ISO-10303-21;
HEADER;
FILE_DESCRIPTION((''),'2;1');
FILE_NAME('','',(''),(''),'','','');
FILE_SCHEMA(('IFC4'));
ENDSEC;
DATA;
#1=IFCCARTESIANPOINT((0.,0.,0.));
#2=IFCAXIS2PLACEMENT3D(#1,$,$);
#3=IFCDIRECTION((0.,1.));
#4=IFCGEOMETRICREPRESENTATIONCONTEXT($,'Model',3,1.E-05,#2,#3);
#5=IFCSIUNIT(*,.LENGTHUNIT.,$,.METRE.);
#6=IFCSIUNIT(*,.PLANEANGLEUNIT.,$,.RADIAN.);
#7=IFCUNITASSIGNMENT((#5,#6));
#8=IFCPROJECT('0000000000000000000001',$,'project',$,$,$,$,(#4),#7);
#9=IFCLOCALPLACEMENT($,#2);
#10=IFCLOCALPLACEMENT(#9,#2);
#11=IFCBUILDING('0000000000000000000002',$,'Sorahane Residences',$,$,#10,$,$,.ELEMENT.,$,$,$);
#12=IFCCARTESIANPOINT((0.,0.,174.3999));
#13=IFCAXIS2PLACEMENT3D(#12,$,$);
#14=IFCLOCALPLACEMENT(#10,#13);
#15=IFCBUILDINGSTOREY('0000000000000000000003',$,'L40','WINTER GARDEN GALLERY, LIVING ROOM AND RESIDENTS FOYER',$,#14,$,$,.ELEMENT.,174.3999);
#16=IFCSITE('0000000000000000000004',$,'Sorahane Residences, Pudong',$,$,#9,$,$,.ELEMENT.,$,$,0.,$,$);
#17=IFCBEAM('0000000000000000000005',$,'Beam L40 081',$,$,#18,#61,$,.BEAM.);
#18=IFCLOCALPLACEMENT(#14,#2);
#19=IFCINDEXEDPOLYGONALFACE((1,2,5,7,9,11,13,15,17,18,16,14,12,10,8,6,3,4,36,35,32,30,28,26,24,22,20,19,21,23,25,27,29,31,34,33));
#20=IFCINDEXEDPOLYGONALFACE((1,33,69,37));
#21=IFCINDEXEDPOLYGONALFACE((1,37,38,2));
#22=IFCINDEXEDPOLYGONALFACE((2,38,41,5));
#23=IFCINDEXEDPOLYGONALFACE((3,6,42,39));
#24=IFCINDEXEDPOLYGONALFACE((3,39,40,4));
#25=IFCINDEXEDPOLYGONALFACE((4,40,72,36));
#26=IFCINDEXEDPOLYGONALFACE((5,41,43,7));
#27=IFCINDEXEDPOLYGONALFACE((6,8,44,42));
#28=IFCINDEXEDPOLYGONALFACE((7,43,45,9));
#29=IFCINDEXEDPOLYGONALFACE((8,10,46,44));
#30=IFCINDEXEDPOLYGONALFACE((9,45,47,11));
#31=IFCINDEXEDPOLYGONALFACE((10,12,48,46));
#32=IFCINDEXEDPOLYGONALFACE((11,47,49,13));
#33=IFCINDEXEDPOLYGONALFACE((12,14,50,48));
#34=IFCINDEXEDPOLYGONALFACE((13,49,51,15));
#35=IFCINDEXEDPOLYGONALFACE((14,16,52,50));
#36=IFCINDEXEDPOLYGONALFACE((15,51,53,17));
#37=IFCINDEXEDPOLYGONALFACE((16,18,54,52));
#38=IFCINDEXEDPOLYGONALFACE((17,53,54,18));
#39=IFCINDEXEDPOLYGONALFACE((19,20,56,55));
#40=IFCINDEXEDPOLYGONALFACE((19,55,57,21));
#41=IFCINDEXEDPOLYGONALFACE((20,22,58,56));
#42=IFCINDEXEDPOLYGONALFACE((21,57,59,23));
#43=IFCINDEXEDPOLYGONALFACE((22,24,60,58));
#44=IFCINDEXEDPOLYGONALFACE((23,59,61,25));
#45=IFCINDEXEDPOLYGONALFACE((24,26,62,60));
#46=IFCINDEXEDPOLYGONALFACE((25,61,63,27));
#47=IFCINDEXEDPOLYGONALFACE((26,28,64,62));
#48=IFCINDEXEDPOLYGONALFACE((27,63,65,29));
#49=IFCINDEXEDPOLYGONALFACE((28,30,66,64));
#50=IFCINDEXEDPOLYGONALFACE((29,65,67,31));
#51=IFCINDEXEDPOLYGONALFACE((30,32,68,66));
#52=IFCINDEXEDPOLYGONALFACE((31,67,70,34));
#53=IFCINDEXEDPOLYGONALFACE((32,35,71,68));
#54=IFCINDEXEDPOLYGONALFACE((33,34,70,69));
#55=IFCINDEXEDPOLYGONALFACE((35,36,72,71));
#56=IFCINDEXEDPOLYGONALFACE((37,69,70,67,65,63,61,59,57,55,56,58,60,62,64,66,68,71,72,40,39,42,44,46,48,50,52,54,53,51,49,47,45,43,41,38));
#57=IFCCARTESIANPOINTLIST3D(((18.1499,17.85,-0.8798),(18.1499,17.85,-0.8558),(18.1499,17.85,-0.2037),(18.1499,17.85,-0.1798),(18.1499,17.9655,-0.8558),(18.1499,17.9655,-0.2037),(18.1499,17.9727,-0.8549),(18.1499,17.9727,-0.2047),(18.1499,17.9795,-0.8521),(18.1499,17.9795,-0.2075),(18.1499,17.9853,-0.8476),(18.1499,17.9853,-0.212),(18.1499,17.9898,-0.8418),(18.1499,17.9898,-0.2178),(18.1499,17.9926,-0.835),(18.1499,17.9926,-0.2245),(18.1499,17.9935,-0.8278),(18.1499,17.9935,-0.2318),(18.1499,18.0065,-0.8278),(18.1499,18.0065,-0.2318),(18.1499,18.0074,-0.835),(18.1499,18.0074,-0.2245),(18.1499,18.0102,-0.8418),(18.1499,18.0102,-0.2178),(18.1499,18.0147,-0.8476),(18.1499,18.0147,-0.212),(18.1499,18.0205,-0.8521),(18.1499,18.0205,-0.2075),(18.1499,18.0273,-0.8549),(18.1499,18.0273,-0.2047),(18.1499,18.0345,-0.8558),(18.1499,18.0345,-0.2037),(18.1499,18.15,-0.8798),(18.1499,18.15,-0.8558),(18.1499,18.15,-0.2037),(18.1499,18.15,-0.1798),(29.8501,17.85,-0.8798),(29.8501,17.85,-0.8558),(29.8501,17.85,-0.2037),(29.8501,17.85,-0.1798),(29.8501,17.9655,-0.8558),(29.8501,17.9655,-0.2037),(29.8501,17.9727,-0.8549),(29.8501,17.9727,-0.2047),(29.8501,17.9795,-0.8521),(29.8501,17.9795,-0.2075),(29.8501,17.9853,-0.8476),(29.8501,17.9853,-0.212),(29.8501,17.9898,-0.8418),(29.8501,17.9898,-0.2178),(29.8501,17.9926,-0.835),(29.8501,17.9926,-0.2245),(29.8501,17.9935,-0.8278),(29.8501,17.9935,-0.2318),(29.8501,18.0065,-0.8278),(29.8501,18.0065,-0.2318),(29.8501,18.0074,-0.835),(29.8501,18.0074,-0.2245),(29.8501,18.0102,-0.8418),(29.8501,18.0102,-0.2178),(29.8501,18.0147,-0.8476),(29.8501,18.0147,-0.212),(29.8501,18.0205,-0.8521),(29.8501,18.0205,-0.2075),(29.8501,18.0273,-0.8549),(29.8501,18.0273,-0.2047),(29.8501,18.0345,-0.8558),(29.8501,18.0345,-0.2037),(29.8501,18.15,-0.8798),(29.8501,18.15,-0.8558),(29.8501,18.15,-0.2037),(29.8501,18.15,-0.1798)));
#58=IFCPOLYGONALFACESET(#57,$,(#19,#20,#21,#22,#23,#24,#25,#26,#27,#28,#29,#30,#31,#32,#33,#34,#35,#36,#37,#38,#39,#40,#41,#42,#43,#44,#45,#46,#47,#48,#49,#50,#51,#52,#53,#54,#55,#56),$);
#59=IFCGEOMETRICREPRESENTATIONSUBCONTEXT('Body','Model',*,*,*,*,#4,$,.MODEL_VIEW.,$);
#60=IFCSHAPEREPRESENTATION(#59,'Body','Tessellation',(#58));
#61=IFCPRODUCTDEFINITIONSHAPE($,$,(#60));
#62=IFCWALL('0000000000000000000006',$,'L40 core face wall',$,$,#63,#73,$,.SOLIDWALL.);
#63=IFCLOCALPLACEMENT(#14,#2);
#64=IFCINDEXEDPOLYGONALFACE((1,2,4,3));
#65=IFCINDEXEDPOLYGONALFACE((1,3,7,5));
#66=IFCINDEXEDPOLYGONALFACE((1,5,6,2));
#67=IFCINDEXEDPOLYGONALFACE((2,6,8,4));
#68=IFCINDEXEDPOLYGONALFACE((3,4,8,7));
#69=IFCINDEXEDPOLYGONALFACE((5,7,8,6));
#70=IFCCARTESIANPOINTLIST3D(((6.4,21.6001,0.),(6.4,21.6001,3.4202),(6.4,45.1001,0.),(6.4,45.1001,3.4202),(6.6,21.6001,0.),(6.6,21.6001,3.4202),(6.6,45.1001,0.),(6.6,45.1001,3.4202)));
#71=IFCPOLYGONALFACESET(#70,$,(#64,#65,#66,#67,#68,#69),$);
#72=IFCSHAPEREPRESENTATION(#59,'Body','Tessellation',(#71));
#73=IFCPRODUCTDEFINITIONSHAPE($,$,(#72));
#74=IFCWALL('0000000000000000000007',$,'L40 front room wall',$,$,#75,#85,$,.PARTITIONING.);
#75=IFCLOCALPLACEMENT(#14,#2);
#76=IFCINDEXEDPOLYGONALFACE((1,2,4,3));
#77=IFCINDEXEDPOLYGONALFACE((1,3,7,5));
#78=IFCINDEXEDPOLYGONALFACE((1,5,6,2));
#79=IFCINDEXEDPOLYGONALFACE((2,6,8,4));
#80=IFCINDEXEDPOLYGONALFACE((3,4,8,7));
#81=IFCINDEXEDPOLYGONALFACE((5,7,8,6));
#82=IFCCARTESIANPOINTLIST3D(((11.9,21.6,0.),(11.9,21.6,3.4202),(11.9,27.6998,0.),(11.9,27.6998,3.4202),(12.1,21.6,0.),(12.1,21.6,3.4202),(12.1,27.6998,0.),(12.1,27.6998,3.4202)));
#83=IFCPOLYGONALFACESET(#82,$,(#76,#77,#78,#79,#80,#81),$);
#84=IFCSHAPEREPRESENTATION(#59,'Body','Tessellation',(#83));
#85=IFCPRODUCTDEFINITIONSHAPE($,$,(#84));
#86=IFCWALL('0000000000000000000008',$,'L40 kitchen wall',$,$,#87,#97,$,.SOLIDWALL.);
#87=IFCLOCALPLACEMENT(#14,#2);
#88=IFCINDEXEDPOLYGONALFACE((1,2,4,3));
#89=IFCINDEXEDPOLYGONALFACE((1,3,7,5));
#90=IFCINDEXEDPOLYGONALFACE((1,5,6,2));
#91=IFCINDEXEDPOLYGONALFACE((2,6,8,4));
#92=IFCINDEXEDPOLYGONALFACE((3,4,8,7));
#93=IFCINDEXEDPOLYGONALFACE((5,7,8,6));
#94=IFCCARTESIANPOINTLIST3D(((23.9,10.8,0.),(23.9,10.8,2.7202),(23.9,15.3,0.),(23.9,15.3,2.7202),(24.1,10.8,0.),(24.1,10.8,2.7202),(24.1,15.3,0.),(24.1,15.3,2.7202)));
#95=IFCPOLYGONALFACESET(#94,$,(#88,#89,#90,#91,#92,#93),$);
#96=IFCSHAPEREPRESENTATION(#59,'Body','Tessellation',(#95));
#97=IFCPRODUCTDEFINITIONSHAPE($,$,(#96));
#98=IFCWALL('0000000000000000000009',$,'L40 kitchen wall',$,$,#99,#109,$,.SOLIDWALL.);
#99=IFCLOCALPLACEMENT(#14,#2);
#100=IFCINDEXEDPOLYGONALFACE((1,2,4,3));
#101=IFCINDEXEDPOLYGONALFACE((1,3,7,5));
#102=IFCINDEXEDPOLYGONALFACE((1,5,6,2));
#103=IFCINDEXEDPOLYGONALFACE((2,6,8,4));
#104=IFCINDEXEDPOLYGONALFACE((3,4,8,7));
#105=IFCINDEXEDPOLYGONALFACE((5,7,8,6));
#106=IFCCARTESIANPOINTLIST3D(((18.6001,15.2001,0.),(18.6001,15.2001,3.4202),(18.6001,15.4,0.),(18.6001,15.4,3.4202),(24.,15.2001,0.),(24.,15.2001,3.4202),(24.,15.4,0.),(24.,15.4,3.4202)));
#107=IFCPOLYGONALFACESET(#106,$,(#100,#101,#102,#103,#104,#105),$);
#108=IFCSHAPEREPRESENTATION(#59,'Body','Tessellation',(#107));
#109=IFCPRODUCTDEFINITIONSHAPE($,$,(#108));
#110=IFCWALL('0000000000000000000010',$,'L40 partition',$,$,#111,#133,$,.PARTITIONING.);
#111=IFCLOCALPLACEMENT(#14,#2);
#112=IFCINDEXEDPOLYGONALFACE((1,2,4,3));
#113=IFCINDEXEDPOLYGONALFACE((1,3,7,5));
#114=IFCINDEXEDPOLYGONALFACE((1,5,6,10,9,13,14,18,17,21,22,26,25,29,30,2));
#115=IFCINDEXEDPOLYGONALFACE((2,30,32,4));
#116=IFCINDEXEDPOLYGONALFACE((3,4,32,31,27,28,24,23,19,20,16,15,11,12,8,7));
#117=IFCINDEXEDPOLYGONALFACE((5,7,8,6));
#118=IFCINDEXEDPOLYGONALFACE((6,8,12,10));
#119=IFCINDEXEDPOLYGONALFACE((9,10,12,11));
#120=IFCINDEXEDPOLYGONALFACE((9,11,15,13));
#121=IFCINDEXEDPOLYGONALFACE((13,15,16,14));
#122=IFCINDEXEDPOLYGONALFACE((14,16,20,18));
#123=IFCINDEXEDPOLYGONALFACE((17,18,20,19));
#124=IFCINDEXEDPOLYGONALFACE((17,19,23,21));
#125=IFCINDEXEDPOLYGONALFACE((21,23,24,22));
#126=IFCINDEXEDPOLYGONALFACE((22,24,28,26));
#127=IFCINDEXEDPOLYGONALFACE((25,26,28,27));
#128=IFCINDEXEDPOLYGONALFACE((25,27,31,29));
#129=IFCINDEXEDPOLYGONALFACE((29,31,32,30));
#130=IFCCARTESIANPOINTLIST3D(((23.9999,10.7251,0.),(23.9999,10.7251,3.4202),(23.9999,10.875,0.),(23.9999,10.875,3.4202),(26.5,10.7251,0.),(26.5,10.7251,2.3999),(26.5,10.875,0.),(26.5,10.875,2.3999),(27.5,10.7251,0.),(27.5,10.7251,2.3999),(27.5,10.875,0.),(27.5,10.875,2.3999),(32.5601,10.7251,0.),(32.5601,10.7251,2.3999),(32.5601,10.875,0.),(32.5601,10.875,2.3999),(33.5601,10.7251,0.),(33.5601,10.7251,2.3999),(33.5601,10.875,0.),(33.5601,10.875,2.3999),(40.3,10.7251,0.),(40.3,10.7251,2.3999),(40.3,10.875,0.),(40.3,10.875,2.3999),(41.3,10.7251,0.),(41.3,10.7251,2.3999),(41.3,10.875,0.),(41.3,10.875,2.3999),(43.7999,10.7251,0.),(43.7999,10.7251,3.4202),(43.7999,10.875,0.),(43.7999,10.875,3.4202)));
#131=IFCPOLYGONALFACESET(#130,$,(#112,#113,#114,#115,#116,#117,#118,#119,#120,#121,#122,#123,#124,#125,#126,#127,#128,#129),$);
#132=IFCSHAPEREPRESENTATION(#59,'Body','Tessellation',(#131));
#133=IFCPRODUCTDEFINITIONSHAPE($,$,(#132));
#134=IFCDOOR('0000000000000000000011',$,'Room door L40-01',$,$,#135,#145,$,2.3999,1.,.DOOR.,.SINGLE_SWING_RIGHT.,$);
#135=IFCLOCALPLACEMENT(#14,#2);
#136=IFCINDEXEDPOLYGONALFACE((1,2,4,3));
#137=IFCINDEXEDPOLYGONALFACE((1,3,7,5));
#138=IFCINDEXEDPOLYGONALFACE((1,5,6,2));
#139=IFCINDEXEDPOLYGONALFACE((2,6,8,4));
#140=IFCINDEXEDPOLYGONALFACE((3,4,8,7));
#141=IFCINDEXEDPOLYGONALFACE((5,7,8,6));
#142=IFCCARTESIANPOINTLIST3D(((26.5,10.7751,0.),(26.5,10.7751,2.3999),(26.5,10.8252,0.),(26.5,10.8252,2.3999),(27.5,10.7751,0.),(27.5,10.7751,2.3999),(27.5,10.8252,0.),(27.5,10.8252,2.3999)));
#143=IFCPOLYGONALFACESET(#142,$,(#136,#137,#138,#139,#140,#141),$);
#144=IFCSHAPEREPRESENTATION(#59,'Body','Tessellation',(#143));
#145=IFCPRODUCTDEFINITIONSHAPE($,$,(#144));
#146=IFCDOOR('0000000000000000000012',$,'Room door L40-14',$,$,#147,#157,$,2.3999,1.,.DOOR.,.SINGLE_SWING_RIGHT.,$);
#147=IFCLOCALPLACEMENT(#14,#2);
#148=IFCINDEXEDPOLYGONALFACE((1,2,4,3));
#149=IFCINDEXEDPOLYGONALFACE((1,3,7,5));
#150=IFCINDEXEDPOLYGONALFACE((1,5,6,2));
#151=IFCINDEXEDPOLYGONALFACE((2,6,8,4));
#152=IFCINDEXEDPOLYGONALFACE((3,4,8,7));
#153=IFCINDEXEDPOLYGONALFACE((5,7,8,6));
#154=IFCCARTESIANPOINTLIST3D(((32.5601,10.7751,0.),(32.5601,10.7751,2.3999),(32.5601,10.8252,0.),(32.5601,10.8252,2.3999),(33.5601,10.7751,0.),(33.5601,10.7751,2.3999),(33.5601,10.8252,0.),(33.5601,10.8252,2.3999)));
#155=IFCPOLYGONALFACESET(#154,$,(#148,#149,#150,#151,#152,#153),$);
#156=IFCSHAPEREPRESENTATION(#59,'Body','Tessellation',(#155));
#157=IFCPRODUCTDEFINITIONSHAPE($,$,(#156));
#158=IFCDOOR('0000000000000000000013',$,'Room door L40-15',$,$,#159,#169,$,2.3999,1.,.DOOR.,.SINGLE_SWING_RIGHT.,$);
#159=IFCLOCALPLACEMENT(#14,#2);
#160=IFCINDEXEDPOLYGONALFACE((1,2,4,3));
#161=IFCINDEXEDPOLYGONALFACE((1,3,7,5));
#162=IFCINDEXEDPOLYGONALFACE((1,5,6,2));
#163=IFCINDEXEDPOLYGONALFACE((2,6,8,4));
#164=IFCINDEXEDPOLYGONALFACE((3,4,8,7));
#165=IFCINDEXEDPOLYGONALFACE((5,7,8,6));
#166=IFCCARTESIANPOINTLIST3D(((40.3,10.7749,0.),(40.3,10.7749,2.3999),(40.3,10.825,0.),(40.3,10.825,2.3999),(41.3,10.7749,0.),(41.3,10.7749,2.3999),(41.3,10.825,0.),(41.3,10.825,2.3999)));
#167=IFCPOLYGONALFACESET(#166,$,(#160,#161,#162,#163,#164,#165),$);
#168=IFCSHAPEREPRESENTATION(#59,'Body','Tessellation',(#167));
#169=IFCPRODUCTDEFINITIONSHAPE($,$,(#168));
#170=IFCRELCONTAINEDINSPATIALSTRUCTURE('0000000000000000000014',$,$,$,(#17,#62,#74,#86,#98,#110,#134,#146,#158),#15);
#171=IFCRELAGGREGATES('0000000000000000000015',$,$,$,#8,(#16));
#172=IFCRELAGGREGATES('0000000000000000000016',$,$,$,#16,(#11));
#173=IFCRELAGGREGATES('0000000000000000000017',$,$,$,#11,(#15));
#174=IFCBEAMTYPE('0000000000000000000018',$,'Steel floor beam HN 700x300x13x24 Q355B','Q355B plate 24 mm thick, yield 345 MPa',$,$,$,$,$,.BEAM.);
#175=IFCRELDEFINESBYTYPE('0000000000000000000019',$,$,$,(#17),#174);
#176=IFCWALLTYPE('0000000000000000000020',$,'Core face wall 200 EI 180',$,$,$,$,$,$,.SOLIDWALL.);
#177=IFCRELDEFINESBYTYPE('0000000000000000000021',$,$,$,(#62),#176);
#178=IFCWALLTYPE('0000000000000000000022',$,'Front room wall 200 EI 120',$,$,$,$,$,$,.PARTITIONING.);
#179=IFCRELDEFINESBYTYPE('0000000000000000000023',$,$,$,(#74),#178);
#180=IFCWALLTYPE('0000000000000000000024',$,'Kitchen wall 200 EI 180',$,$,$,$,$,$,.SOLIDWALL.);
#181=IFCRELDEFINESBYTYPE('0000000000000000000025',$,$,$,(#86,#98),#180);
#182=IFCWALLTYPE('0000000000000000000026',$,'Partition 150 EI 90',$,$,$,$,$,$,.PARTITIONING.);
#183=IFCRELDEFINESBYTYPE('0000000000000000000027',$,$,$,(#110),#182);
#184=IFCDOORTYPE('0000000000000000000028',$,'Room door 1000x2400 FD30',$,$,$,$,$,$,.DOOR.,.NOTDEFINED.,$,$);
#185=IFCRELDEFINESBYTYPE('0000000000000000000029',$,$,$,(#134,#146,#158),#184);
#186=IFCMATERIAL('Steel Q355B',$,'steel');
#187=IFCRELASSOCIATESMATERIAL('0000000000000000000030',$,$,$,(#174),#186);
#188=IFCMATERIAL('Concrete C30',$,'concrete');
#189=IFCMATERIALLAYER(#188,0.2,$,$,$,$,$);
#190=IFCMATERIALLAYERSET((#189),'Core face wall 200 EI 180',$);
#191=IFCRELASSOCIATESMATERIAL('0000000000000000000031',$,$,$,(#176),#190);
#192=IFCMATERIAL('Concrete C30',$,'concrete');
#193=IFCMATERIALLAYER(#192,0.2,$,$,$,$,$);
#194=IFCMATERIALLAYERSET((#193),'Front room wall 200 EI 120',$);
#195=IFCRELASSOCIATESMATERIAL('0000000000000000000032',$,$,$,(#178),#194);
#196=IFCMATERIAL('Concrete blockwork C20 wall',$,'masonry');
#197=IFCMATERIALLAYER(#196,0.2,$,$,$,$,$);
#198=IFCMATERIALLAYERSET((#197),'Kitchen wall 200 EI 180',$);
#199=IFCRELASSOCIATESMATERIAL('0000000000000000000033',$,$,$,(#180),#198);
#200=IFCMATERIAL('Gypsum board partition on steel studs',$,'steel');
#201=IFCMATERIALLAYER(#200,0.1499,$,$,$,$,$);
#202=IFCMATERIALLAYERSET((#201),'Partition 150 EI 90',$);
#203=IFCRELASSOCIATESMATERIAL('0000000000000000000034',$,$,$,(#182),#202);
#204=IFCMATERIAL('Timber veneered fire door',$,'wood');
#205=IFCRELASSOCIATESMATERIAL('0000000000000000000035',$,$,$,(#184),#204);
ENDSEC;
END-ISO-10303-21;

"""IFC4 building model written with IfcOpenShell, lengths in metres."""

from ifc_helpers import new_model, si_unit, direction, frame, frame_2d, origin, origin_2d, place, context, subcontext, project, spatial, rectangle, i_section, extrude, material, layer, layer_set, material_profile, profile_set, type_object, element, fill, save


model = new_model("IFC4")

# Units and contexts
model_context = context("Model", 3, precision=1e-05, world=origin(), true_north=direction((0.0, 1.0)))
body_context = subcontext(model_context, "Body", "Model", "MODEL_VIEW")
ifc_project = project(units=[si_unit("LENGTHUNIT", "METRE"), si_unit("PLANEANGLEUNIT", "RADIAN")], contexts=[model_context])

# Site, building, storey
site_placement = place(None, origin())
site = spatial("IfcSite", under=ifc_project, at=site_placement, Name="Sorahane Residences, Pudong", CompositionType="ELEMENT", RefElevation=0.0)
building_placement = place(site_placement, origin())
building = spatial("IfcBuilding", under=site, at=building_placement, Name="Sorahane Residences", CompositionType="ELEMENT")
storey_placement = place(building_placement, frame((0.0, 0.0, 174.3999)))
storey = spatial("IfcBuildingStorey", under=building, at=storey_placement, Name="L40", Description="WINTER GARDEN GALLERY, LIVING ROOM AND RESIDENTS FOYER", CompositionType="ELEMENT", Elevation=174.3999)

# Beam
ifc_material_1 = material(Name="Steel Q355B", Category="steel")
ifc_material_profile_1 = material_profile(ifc_material_1, i_section(OverallWidth=0.3, OverallDepth=0.7, WebThickness=0.0129, FlangeThickness=0.0239, FilletRadius=0.0281, at=origin_2d()), Name="HN 700x300x13x24")
ifc_profile_set_1 = profile_set([ifc_material_profile_1], Name="Steel Q355B")
beam_type_1 = type_object("IfcBeamType", Name="Steel floor beam HN 700x300x13x24 Q355B", Description="Q355B plate 24 mm thick, yield 345 MPa", PredefinedType="BEAM", material=ifc_profile_set_1)
for number, where, z_axis, x_axis, name in (
    (1, (18.1499, 18.0, -0.5298), (1.0, 0.0, 0.0), (0.0, 1.0, 0.0), "Beam L40 081"),
):
    element("IfcBeam", number, at=place(storey_placement, frame(where, z_axis=z_axis, x_axis=x_axis)), inside=storey, type_object=beam_type_1, Name=name, PredefinedType="BEAM", context=body_context, shape_type="SweptSolid", body=[
        extrude(i_section(OverallWidth=0.3, OverallDepth=0.7, WebThickness=0.0129, FlangeThickness=0.0239, FilletRadius=0.0281, at=origin_2d()), origin(), (0.0, 0.0, 1.0), 11.7002),
    ])

# Walls
ifc_material_2 = material(Name="Concrete C30", Category="concrete")
ifc_layer_1 = layer(ifc_material_2, 0.2)
ifc_layer_set_1 = layer_set([ifc_layer_1], Name="Core face wall 200 EI 180")
wall_type_1 = type_object("IfcWallType", Name="Core face wall 200 EI 180", PredefinedType="SOLIDWALL", material=ifc_layer_set_1)
wall_1_placement = place(storey_placement, frame((6.5, 21.6001, 0.0), z_axis=(0.0, 0.0, 1.0), x_axis=(0.0, 1.0, 0.0)))
element("IfcWall", 2, at=wall_1_placement, inside=storey, type_object=wall_type_1, Name="L40 core face wall", PredefinedType="SOLIDWALL", context=body_context, shape_type="SweptSolid", body=[
    extrude(rectangle(XDim=23.5, YDim=0.2, at=frame_2d((11.75, 0.0))), origin(), (0.0, 0.0, 1.0), 3.4202),
])
ifc_material_3 = material(Name="Concrete C30", Category="concrete")
ifc_layer_2 = layer(ifc_material_3, 0.2)
ifc_layer_set_2 = layer_set([ifc_layer_2], Name="Front room wall 200 EI 120")
wall_type_2 = type_object("IfcWallType", Name="Front room wall 200 EI 120", PredefinedType="PARTITIONING", material=ifc_layer_set_2)
wall_2_placement = place(storey_placement, frame((12.0, 21.6001, 0.0), z_axis=(0.0, 0.0, 1.0), x_axis=(0.0, 1.0, 0.0)))
element("IfcWall", 3, at=wall_2_placement, inside=storey, type_object=wall_type_2, Name="L40 front room wall", PredefinedType="PARTITIONING", context=body_context, shape_type="SweptSolid", body=[
    extrude(rectangle(XDim=6.0999, YDim=0.2, at=frame_2d((3.0498, 0.0))), origin(), (0.0, 0.0, 1.0), 3.4202),
])
ifc_material_4 = material(Name="Concrete blockwork C20 wall", Category="masonry")
ifc_layer_3 = layer(ifc_material_4, 0.2)
ifc_layer_set_3 = layer_set([ifc_layer_3], Name="Kitchen wall 200 EI 180")
wall_type_3 = type_object("IfcWallType", Name="Kitchen wall 200 EI 180", PredefinedType="SOLIDWALL", material=ifc_layer_set_3)
wall_3_placement = place(storey_placement, frame((24.0, 10.8, 0.0), z_axis=(0.0, 0.0, 1.0), x_axis=(0.0, 1.0, 0.0)))
element("IfcWall", 4, at=wall_3_placement, inside=storey, type_object=wall_type_3, Name="L40 kitchen wall", PredefinedType="SOLIDWALL", context=body_context, shape_type="SweptSolid", body=[
    extrude(rectangle(XDim=4.5, YDim=0.2, at=frame_2d((2.25, 0.0))), origin(), (0.0, 0.0, 1.0), 2.7202),
])
wall_4_placement = place(storey_placement, frame((18.6001, 15.3, 0.0), z_axis=(0.0, 0.0, 1.0), x_axis=(1.0, 0.0, 0.0)))
element("IfcWall", 5, at=wall_4_placement, inside=storey, type_object=wall_type_3, Name="L40 kitchen wall", PredefinedType="SOLIDWALL", context=body_context, shape_type="SweptSolid", body=[
    extrude(rectangle(XDim=5.3999, YDim=0.2, at=frame_2d((2.7, 0.0))), origin(), (0.0, 0.0, 1.0), 3.4202),
])

# Wall, openings, doors
ifc_material_5 = material(Name="Gypsum board partition on steel studs", Category="steel")
ifc_layer_4 = layer(ifc_material_5, 0.1499)
ifc_layer_set_4 = layer_set([ifc_layer_4], Name="Partition 150 EI 90")
wall_type_4 = type_object("IfcWallType", Name="Partition 150 EI 90", PredefinedType="PARTITIONING", material=ifc_layer_set_4)
wall_5_placement = place(storey_placement, frame((24.0, 10.8, 0.0), z_axis=(0.0, 0.0, 1.0), x_axis=(1.0, 0.0, 0.0)))
wall_5 = element("IfcWall", 6, at=wall_5_placement, inside=storey, type_object=wall_type_4, Name="L40 partition", PredefinedType="PARTITIONING", context=body_context, shape_type="SweptSolid", body=[
    extrude(rectangle(XDim=19.8, YDim=0.1499, at=frame_2d((9.8999, 0.0))), origin(), (0.0, 0.0, 1.0), 3.4202),
])
opening_1_placement = place(wall_5_placement, frame((2.5, 0.0, 0.0)))
opening_1 = element("IfcOpeningElement", 7, at=opening_1_placement, cuts=wall_5, PredefinedType="OPENING", context=body_context, shape_type="SweptSolid", body=[
    extrude(rectangle(XDim=1.0, YDim=2.3999, at=frame_2d((0.5, 1.2))), frame((0.0, 0.085, 0.0), z_axis=(0.0, -1.0, 0.0), x_axis=(1.0, 0.0, 0.0)), (0.0, 0.0, 1.0), 0.1699),
])
opening_2_placement = place(wall_5_placement, frame((8.5601, 0.0, 0.0)))
opening_2 = element("IfcOpeningElement", 8, at=opening_2_placement, cuts=wall_5, PredefinedType="OPENING", context=body_context, shape_type="SweptSolid", body=[
    extrude(rectangle(XDim=1.0, YDim=2.3999, at=frame_2d((0.5, 1.2))), frame((0.0, 0.085, 0.0), z_axis=(0.0, -1.0, 0.0), x_axis=(1.0, 0.0, 0.0)), (0.0, 0.0, 1.0), 0.1699),
])
opening_3_placement = place(wall_5_placement, frame((16.3, 0.0, 0.0)))
opening_3 = element("IfcOpeningElement", 9, at=opening_3_placement, cuts=wall_5, PredefinedType="OPENING", context=body_context, shape_type="SweptSolid", body=[
    extrude(rectangle(XDim=1.0, YDim=2.3999, at=frame_2d((0.5, 1.2))), frame((0.0, 0.085, 0.0), z_axis=(0.0, -1.0, 0.0), x_axis=(1.0, 0.0, 0.0)), (0.0, 0.0, 1.0), 0.1699),
])
ifc_material_6 = material(Name="Timber veneered fire door", Category="wood")
door_type_1 = type_object("IfcDoorType", Name="Room door 1000x2400 FD30", OperationType="NOTDEFINED", PredefinedType="DOOR", material=ifc_material_6)
door_1_placement = place(opening_1_placement, frame((1.0, 0.0, 0.0), z_axis=(0.0, 0.0, 1.0), x_axis=(-1.0, 0.0, 0.0)))
door_1 = element("IfcDoor", 10, at=door_1_placement, inside=storey, type_object=door_type_1, Name="Room door L40-01", OperationType="SINGLE_SWING_RIGHT", OverallHeight=2.3999, OverallWidth=1.0, PredefinedType="DOOR", context=body_context, shape_type="SweptSolid", body=[
    extrude(rectangle(XDim=1.0, YDim=2.3999, at=frame_2d((0.5, 1.2))), frame((0.0, 0.0249, 0.0), z_axis=(0.0, -1.0, 0.0), x_axis=(1.0, 0.0, 0.0)), (0.0, 0.0, 1.0), 0.05),
])
fill(opening_1, door_1)
door_2_placement = place(opening_2_placement, frame((1.0, 0.0, 0.0), z_axis=(0.0, 0.0, 1.0), x_axis=(-1.0, 0.0, 0.0)))
door_2 = element("IfcDoor", 11, at=door_2_placement, inside=storey, type_object=door_type_1, Name="Room door L40-14", OperationType="SINGLE_SWING_RIGHT", OverallHeight=2.3999, OverallWidth=1.0, PredefinedType="DOOR", context=body_context, shape_type="SweptSolid", body=[
    extrude(rectangle(XDim=1.0, YDim=2.3999, at=frame_2d((0.5, 1.2))), frame((0.0, 0.0249, 0.0), z_axis=(0.0, -1.0, 0.0), x_axis=(1.0, 0.0, 0.0)), (0.0, 0.0, 1.0), 0.05),
])
fill(opening_2, door_2)
door_3_placement = place(opening_3_placement, origin())
door_3 = element("IfcDoor", 12, at=door_3_placement, inside=storey, type_object=door_type_1, Name="Room door L40-15", OperationType="SINGLE_SWING_RIGHT", OverallHeight=2.3999, OverallWidth=1.0, PredefinedType="DOOR", context=body_context, shape_type="SweptSolid", body=[
    extrude(rectangle(XDim=1.0, YDim=2.3999, at=frame_2d((0.5, 1.2))), frame((0.0, 0.0249, 0.0), z_axis=(0.0, -1.0, 0.0), x_axis=(1.0, 0.0, 0.0)), (0.0, 0.0, 1.0), 0.05),
])
fill(opening_3, door_3)

save(model, "model.ifc")
